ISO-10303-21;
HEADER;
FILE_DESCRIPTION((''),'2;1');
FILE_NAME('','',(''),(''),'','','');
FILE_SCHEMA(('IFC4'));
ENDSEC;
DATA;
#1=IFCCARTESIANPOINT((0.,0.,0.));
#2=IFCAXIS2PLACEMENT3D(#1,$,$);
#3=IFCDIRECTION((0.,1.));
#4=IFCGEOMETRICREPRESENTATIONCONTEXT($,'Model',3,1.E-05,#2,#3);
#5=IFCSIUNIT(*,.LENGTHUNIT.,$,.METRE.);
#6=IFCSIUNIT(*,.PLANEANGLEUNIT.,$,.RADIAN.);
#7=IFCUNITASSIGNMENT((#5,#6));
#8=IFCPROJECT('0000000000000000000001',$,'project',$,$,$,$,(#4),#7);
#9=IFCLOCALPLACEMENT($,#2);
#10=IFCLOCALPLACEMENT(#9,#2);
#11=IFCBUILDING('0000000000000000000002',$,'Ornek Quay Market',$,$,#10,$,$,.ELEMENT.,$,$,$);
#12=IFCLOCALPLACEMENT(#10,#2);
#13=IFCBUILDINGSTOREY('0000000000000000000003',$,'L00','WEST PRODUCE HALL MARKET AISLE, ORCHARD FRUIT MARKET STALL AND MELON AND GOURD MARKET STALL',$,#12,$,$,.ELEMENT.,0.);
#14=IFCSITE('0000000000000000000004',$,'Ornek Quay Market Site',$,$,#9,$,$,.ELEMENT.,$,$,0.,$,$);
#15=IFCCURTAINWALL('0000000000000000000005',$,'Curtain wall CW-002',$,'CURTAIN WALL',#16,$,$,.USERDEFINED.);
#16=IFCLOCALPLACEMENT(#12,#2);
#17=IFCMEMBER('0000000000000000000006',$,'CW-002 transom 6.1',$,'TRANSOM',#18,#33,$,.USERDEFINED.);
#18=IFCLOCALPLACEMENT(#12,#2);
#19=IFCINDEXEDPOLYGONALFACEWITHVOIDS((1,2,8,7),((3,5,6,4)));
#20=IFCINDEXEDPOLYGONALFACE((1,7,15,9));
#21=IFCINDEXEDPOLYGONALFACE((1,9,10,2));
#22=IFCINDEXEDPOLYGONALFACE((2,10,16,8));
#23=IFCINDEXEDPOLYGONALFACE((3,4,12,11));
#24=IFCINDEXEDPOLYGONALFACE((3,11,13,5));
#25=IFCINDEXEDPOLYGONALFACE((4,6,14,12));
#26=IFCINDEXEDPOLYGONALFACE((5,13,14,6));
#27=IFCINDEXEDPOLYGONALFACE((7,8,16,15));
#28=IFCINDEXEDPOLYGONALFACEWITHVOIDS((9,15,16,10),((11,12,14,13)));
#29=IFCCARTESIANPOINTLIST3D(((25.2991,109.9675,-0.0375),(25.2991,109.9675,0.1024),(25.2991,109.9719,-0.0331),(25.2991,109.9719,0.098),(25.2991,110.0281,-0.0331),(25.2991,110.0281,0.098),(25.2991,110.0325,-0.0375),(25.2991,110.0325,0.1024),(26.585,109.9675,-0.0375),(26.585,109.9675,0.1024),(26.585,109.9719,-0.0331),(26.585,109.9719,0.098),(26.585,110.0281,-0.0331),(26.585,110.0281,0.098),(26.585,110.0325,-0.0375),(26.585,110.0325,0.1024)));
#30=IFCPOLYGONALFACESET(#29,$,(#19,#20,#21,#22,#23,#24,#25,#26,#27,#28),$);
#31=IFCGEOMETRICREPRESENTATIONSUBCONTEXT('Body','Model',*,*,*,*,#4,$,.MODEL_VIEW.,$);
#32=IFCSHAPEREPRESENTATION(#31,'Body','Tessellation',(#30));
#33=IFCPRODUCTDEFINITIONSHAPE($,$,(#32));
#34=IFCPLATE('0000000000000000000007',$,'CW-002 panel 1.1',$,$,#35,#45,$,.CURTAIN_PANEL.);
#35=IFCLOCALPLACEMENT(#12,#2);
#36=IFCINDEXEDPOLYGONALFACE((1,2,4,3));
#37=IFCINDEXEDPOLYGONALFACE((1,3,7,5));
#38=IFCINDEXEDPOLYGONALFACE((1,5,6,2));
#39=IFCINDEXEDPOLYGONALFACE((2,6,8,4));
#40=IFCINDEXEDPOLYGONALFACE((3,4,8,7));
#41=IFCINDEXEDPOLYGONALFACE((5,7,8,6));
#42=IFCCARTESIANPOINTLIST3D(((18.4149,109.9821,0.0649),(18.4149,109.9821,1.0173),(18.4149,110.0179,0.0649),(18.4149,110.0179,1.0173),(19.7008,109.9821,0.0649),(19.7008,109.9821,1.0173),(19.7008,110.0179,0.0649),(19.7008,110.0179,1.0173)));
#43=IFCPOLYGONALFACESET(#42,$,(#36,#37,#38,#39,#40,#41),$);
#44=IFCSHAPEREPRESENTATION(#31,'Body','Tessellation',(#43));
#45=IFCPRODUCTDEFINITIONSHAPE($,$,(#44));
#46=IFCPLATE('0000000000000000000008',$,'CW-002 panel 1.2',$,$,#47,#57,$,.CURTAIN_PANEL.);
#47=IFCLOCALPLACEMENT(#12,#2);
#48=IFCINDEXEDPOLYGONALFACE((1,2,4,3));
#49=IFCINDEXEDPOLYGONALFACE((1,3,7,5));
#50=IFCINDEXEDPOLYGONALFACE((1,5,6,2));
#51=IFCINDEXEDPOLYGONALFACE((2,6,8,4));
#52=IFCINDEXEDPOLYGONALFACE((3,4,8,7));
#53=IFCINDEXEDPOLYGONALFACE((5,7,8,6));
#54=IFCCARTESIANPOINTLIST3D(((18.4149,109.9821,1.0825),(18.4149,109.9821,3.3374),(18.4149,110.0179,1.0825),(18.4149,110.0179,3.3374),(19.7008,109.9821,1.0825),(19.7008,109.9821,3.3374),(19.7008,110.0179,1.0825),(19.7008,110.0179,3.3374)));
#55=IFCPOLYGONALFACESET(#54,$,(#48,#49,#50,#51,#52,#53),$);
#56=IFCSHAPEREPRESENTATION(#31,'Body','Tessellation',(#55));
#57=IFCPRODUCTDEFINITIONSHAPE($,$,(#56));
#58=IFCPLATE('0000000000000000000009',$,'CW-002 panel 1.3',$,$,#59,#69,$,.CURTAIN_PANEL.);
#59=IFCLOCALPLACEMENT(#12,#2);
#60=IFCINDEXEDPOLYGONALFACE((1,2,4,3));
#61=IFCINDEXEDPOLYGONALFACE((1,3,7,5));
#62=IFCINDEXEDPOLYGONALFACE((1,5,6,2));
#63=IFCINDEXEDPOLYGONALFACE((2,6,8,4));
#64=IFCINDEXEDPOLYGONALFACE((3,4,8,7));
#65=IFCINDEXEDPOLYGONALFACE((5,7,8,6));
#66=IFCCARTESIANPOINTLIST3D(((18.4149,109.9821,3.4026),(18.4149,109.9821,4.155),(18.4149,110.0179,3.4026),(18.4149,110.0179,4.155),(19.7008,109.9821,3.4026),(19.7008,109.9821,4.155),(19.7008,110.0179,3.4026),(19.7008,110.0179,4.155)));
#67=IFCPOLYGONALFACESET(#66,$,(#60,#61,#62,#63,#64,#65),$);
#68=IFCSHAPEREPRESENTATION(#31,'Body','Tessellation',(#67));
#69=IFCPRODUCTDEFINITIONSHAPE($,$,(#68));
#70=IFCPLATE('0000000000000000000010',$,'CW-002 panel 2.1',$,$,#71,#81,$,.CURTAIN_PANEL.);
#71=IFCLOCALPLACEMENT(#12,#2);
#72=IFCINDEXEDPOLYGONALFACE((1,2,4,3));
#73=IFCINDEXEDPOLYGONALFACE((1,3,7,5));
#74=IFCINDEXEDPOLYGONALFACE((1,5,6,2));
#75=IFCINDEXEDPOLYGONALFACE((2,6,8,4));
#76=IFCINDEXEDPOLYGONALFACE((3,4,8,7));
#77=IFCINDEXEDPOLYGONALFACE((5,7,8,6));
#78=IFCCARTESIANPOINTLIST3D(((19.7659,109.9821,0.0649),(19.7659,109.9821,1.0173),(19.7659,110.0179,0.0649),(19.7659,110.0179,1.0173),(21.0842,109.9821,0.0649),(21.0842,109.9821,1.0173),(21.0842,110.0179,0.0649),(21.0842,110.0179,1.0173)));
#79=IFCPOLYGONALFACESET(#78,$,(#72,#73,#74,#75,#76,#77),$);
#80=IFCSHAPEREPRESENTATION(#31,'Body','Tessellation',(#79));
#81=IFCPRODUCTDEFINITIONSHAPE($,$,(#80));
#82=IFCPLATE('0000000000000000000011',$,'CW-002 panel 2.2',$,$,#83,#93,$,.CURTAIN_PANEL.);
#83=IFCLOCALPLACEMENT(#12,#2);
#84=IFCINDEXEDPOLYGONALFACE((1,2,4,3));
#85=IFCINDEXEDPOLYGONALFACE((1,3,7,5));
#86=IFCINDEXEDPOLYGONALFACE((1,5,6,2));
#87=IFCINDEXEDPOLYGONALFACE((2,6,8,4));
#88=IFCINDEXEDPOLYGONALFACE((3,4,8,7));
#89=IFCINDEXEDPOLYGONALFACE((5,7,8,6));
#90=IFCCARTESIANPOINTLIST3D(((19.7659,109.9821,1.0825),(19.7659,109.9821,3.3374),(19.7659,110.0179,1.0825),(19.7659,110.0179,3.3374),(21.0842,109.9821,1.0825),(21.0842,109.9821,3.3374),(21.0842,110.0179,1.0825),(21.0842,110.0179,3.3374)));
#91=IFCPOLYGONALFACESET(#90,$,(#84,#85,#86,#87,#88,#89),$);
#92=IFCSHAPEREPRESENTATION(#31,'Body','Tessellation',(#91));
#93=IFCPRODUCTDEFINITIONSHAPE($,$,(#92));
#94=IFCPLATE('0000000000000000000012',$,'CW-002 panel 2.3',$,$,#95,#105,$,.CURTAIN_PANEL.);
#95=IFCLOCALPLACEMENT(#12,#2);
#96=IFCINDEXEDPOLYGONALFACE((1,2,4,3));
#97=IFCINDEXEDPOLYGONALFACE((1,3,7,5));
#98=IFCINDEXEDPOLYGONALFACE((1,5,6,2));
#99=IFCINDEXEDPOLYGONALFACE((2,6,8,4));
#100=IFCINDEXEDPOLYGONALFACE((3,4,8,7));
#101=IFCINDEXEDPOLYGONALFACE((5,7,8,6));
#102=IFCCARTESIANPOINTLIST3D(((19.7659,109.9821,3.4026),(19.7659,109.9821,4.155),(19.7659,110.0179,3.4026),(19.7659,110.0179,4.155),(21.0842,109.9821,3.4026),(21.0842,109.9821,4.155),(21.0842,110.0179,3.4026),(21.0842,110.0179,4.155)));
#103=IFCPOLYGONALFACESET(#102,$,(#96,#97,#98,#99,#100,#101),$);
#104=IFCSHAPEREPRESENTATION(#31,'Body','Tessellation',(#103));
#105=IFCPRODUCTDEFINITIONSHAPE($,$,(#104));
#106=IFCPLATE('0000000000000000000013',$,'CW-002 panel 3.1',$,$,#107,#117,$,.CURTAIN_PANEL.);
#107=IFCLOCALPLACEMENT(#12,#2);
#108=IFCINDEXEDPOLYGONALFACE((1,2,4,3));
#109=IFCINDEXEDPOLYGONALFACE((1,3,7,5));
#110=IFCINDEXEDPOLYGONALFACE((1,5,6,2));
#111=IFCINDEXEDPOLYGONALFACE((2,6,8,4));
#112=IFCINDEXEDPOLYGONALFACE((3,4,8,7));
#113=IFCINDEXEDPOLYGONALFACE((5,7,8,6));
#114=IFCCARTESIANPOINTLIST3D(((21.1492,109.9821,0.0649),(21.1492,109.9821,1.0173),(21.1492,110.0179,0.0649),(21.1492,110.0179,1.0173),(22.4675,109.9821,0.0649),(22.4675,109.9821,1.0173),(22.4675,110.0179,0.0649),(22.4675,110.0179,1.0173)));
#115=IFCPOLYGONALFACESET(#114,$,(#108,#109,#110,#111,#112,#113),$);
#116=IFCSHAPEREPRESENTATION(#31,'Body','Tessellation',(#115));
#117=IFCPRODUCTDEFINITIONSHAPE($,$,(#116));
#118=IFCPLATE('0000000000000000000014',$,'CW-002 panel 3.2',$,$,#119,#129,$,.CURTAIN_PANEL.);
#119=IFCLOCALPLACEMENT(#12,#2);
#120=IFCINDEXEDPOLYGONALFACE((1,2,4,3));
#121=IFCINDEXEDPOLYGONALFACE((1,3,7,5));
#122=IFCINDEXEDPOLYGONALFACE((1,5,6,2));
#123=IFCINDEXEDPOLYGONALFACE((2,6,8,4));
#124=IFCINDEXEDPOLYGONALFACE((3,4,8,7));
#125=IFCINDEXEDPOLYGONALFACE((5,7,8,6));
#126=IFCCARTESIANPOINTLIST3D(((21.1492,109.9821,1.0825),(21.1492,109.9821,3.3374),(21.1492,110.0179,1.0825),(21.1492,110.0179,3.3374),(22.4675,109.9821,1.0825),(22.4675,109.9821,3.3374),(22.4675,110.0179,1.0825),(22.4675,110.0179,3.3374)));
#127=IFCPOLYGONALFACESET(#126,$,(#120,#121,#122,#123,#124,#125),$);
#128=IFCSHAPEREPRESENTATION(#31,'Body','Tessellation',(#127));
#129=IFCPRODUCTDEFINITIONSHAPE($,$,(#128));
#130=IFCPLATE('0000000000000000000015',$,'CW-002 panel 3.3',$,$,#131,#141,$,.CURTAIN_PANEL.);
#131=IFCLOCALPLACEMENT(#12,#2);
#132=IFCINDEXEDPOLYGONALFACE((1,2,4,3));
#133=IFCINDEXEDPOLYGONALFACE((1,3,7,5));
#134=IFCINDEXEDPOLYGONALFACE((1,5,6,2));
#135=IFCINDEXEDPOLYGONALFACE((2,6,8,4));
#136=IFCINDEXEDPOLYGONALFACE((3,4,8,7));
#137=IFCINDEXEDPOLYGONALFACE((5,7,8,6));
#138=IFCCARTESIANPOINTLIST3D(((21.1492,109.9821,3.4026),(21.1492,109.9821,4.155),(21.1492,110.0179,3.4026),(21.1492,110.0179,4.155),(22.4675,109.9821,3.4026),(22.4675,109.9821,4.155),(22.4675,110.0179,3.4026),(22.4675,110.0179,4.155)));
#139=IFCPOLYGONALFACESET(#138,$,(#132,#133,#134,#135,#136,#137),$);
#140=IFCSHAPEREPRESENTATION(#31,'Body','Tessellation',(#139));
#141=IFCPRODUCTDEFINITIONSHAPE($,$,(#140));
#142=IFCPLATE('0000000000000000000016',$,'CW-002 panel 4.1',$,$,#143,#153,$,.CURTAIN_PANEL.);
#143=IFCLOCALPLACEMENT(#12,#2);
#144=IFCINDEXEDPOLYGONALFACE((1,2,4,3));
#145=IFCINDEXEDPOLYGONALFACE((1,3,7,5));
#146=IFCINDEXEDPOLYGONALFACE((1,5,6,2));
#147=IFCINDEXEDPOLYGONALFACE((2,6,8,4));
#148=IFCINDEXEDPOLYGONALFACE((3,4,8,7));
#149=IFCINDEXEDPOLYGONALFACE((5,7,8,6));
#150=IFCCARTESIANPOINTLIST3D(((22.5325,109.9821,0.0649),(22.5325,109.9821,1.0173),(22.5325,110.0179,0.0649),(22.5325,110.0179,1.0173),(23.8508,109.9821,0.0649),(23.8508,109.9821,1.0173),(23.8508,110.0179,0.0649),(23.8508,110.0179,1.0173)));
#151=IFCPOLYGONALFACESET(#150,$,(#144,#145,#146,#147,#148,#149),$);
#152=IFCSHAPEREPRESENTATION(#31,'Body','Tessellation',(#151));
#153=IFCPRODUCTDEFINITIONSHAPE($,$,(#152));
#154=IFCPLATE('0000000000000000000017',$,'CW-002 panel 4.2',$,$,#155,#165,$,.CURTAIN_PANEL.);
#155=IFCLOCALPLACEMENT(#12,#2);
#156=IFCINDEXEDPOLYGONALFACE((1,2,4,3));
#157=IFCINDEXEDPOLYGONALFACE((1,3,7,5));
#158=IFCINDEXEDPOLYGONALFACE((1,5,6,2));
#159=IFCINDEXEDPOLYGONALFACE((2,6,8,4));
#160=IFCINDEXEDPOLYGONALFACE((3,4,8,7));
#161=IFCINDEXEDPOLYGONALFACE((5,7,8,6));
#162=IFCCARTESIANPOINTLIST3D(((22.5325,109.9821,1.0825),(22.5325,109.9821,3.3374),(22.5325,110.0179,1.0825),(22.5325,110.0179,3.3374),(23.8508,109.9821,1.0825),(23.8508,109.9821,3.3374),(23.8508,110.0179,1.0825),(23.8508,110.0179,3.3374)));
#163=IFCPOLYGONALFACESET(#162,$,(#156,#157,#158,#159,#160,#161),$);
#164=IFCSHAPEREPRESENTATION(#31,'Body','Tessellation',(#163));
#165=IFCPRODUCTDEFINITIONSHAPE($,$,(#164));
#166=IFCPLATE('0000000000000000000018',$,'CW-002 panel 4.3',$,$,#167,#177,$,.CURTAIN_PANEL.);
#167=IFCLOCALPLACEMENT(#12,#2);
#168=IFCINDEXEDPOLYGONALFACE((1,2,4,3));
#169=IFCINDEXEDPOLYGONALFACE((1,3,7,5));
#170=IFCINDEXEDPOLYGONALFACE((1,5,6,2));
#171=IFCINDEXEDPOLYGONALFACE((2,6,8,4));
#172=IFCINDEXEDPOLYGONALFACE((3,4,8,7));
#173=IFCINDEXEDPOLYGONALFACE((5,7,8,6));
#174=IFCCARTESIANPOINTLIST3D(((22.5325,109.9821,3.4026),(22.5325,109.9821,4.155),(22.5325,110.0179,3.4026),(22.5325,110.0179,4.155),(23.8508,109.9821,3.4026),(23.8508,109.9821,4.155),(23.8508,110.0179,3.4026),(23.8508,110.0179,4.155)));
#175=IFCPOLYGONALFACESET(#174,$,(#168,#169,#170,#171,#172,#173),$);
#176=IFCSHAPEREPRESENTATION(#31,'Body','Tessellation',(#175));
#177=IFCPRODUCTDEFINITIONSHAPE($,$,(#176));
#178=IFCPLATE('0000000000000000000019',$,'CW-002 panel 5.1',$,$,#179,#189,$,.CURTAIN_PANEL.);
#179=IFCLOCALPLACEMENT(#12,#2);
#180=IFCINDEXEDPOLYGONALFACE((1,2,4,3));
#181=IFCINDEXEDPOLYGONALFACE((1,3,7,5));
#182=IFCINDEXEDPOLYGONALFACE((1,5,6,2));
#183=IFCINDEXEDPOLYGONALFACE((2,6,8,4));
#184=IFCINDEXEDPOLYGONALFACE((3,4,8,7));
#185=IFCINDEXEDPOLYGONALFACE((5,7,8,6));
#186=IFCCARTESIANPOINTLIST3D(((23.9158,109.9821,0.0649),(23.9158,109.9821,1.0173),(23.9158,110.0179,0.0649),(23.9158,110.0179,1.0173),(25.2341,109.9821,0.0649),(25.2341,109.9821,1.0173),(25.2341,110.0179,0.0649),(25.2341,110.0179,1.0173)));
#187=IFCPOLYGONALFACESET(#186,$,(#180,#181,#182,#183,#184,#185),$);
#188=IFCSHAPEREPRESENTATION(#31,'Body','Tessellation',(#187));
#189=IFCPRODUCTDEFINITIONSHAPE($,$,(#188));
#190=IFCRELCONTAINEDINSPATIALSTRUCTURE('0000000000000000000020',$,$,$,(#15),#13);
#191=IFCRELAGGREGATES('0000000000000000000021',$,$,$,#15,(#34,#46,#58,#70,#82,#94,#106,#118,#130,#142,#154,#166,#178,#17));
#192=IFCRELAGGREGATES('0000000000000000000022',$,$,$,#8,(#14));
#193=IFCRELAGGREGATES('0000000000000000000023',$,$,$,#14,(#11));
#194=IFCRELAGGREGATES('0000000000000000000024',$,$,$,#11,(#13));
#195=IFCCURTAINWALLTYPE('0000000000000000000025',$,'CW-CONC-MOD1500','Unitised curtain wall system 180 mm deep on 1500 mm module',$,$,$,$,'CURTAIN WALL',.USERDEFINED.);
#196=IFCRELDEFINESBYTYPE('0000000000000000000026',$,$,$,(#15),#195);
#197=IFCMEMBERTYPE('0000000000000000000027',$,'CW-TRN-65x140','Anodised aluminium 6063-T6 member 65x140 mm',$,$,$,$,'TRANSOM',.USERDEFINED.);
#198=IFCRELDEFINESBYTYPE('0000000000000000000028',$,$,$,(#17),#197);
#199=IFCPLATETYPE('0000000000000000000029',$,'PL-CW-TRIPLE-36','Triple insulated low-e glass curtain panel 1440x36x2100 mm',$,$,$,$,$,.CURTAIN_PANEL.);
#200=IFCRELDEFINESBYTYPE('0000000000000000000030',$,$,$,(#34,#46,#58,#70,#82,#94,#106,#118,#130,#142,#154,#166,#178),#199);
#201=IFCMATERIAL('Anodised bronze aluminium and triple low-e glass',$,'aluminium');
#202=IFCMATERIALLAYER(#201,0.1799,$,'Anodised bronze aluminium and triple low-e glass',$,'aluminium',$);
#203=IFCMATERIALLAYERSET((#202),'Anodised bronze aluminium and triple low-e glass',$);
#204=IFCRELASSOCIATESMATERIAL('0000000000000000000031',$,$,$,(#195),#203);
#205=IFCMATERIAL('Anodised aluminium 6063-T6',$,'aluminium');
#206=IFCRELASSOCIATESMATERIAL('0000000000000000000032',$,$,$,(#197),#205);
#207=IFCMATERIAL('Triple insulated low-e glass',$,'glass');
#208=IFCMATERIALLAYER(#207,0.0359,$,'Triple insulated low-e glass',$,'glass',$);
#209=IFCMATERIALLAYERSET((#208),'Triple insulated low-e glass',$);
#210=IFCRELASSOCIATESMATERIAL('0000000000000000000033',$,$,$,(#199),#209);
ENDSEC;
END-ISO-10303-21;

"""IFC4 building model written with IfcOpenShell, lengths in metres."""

from ifc_helpers import new_model, si_unit, direction, frame, origin, origin_2d, place, context, subcontext, project, spatial, rectangle, hollow_rectangle, extrude, material, layer, layer_set, material_profile, profile_set, type_object, element, aggregate, save


model = new_model("IFC4")

# Units and contexts
model_context = context("Model", 3, precision=1e-05, world=origin(), true_north=direction((0.0, 1.0)))
body_context = subcontext(model_context, "Body", "Model", "MODEL_VIEW")
ifc_project = project(units=[si_unit("LENGTHUNIT", "METRE"), si_unit("PLANEANGLEUNIT", "RADIAN")], contexts=[model_context])

# Site, building, storey
site_placement = place(None, origin())
site = spatial("IfcSite", under=ifc_project, at=site_placement, Name="Ornek Quay Market Site", CompositionType="ELEMENT", RefElevation=0.0)
building_placement = place(site_placement, origin())
building = spatial("IfcBuilding", under=site, at=building_placement, Name="Ornek Quay Market", CompositionType="ELEMENT")
storey_placement = place(building_placement, origin())
storey = spatial("IfcBuildingStorey", under=building, at=storey_placement, Name="L00", Description="WEST PRODUCE HALL MARKET AISLE, ORCHARD FRUIT MARKET STALL AND MELON AND GOURD MARKET STALL", CompositionType="ELEMENT", Elevation=0.0)

# Curtain wall, member, plates
ifc_material_1 = material(Name="Anodised bronze aluminium and triple low-e glass", Category="aluminium")
ifc_layer_1 = layer(ifc_material_1, 0.1799, Name="Anodised bronze aluminium and triple low-e glass", Category="aluminium")
ifc_layer_set_1 = layer_set([ifc_layer_1], Name="Anodised bronze aluminium and triple low-e glass")
curtain_wall_type = type_object("IfcCurtainWallType", Name="CW-CONC-MOD1500", Description="Unitised curtain wall system 180 mm deep on 1500 mm module", ElementType="CURTAIN WALL", PredefinedType="USERDEFINED", material=ifc_layer_set_1)
curtain_wall_placement = place(storey_placement, origin())
curtain_wall = element("IfcCurtainWall", 1, at=curtain_wall_placement, inside=storey, type_object=curtain_wall_type, Name="Curtain wall CW-002", ObjectType="CURTAIN WALL", PredefinedType="USERDEFINED")
ifc_material_2 = material(Name="Anodised aluminium 6063-T6", Category="aluminium")
ifc_material_profile_1 = material_profile(ifc_material_2, hollow_rectangle(XDim=0.0649, YDim=0.1399, WallThickness=0.0044, at=origin_2d()), Name="CW-TRN-65x140", Category="aluminium")
ifc_profile_set_1 = profile_set([ifc_material_profile_1], Name="Anodised aluminium 6063-T6")
member_type_1 = type_object("IfcMemberType", Name="CW-TRN-65x140", Description="Anodised aluminium 6063-T6 member 65x140 mm", ElementType="TRANSOM", PredefinedType="USERDEFINED", material=ifc_profile_set_1)
member_1_placement = place(storey_placement, frame((25.2991, 110.0, 0.0325), z_axis=(1.0, 0.0, 0.0), x_axis=(0.0, 1.0, 0.0)))
member_1 = element("IfcMember", 2, at=member_1_placement, type_object=member_type_1, Name="CW-002 transom 6.1", ObjectType="TRANSOM", PredefinedType="USERDEFINED", context=body_context, shape_type="SweptSolid", body=[
    extrude(hollow_rectangle(XDim=0.0649, YDim=0.1399, WallThickness=0.0044, at=origin_2d()), origin(), (0.0, 0.0, 1.0), 1.2859),
])
ifc_material_3 = material(Name="Triple insulated low-e glass", Category="glass")
ifc_layer_2 = layer(ifc_material_3, 0.0359, Name="Triple insulated low-e glass", Category="glass")
ifc_layer_set_2 = layer_set([ifc_layer_2], Name="Triple insulated low-e glass")
plate_type = type_object("IfcPlateType", Name="PL-CW-TRIPLE-36", Description="Triple insulated low-e glass curtain panel 1440x36x2100 mm", PredefinedType="CURTAIN_PANEL", material=ifc_layer_set_2)
plate_1_placement = place(storey_placement, frame((19.0579, 110.0, 0.0649), z_axis=(0.0, 0.0, 1.0), x_axis=(1.0, 0.0, 0.0)))
plate_1 = element("IfcPlate", 3, at=plate_1_placement, type_object=plate_type, Name="CW-002 panel 1.1", PredefinedType="CURTAIN_PANEL", context=body_context, shape_type="SweptSolid", body=[
    extrude(rectangle(XDim=1.2859, YDim=0.0359, at=origin_2d()), origin(), (0.0, 0.0, 1.0), 0.9524),
])
plate_2_placement = place(storey_placement, frame((19.0579, 110.0, 1.0825), z_axis=(0.0, 0.0, 1.0), x_axis=(1.0, 0.0, 0.0)))
plate_2 = element("IfcPlate", 4, at=plate_2_placement, type_object=plate_type, Name="CW-002 panel 1.2", PredefinedType="CURTAIN_PANEL", context=body_context, shape_type="SweptSolid", body=[
    extrude(rectangle(XDim=1.2859, YDim=0.0359, at=origin_2d()), origin(), (0.0, 0.0, 1.0), 2.2549),
])
plate_3_placement = place(storey_placement, frame((19.0579, 110.0, 3.4026), z_axis=(0.0, 0.0, 1.0), x_axis=(1.0, 0.0, 0.0)))
plate_3 = element("IfcPlate", 5, at=plate_3_placement, type_object=plate_type, Name="CW-002 panel 1.3", PredefinedType="CURTAIN_PANEL", context=body_context, shape_type="SweptSolid", body=[
    extrude(rectangle(XDim=1.2859, YDim=0.0359, at=origin_2d()), origin(), (0.0, 0.0, 1.0), 0.7524),
])
plate_4_placement = place(storey_placement, frame((20.425, 110.0, 0.0649), z_axis=(0.0, 0.0, 1.0), x_axis=(1.0, 0.0, 0.0)))
plate_4 = element("IfcPlate", 6, at=plate_4_placement, type_object=plate_type, Name="CW-002 panel 2.1", PredefinedType="CURTAIN_PANEL", context=body_context, shape_type="SweptSolid", body=[
    extrude(rectangle(XDim=1.3184, YDim=0.0359, at=origin_2d()), origin(), (0.0, 0.0, 1.0), 0.9524),
])
plate_5_placement = place(storey_placement, frame((20.425, 110.0, 1.0825), z_axis=(0.0, 0.0, 1.0), x_axis=(1.0, 0.0, 0.0)))
plate_5 = element("IfcPlate", 7, at=plate_5_placement, type_object=plate_type, Name="CW-002 panel 2.2", PredefinedType="CURTAIN_PANEL", context=body_context, shape_type="SweptSolid", body=[
    extrude(rectangle(XDim=1.3184, YDim=0.0359, at=origin_2d()), origin(), (0.0, 0.0, 1.0), 2.2549),
])
plate_6_placement = place(storey_placement, frame((20.425, 110.0, 3.4026), z_axis=(0.0, 0.0, 1.0), x_axis=(1.0, 0.0, 0.0)))
plate_6 = element("IfcPlate", 8, at=plate_6_placement, type_object=plate_type, Name="CW-002 panel 2.3", PredefinedType="CURTAIN_PANEL", context=body_context, shape_type="SweptSolid", body=[
    extrude(rectangle(XDim=1.3184, YDim=0.0359, at=origin_2d()), origin(), (0.0, 0.0, 1.0), 0.7524),
])
plate_7_placement = place(storey_placement, frame((21.8083, 110.0, 0.0649), z_axis=(0.0, 0.0, 1.0), x_axis=(1.0, 0.0, 0.0)))
plate_7 = element("IfcPlate", 9, at=plate_7_placement, type_object=plate_type, Name="CW-002 panel 3.1", PredefinedType="CURTAIN_PANEL", context=body_context, shape_type="SweptSolid", body=[
    extrude(rectangle(XDim=1.3184, YDim=0.0359, at=origin_2d()), origin(), (0.0, 0.0, 1.0), 0.9524),
])
plate_8_placement = place(storey_placement, frame((21.8083, 110.0, 1.0825), z_axis=(0.0, 0.0, 1.0), x_axis=(1.0, 0.0, 0.0)))
plate_8 = element("IfcPlate", 10, at=plate_8_placement, type_object=plate_type, Name="CW-002 panel 3.2", PredefinedType="CURTAIN_PANEL", context=body_context, shape_type="SweptSolid", body=[
    extrude(rectangle(XDim=1.3184, YDim=0.0359, at=origin_2d()), origin(), (0.0, 0.0, 1.0), 2.2549),
])
plate_9_placement = place(storey_placement, frame((21.8083, 110.0, 3.4026), z_axis=(0.0, 0.0, 1.0), x_axis=(1.0, 0.0, 0.0)))
plate_9 = element("IfcPlate", 11, at=plate_9_placement, type_object=plate_type, Name="CW-002 panel 3.3", PredefinedType="CURTAIN_PANEL", context=body_context, shape_type="SweptSolid", body=[
    extrude(rectangle(XDim=1.3184, YDim=0.0359, at=origin_2d()), origin(), (0.0, 0.0, 1.0), 0.7524),
])
plate_10_placement = place(storey_placement, frame((23.1917, 110.0, 0.0649), z_axis=(0.0, 0.0, 1.0), x_axis=(1.0, 0.0, 0.0)))
plate_10 = element("IfcPlate", 12, at=plate_10_placement, type_object=plate_type, Name="CW-002 panel 4.1", PredefinedType="CURTAIN_PANEL", context=body_context, shape_type="SweptSolid", body=[
    extrude(rectangle(XDim=1.3184, YDim=0.0359, at=origin_2d()), origin(), (0.0, 0.0, 1.0), 0.9524),
])
plate_11_placement = place(storey_placement, frame((23.1917, 110.0, 1.0825), z_axis=(0.0, 0.0, 1.0), x_axis=(1.0, 0.0, 0.0)))
plate_11 = element("IfcPlate", 13, at=plate_11_placement, type_object=plate_type, Name="CW-002 panel 4.2", PredefinedType="CURTAIN_PANEL", context=body_context, shape_type="SweptSolid", body=[
    extrude(rectangle(XDim=1.3184, YDim=0.0359, at=origin_2d()), origin(), (0.0, 0.0, 1.0), 2.2549),
])
plate_12_placement = place(storey_placement, frame((23.1917, 110.0, 3.4026), z_axis=(0.0, 0.0, 1.0), x_axis=(1.0, 0.0, 0.0)))
plate_12 = element("IfcPlate", 14, at=plate_12_placement, type_object=plate_type, Name="CW-002 panel 4.3", PredefinedType="CURTAIN_PANEL", context=body_context, shape_type="SweptSolid", body=[
    extrude(rectangle(XDim=1.3184, YDim=0.0359, at=origin_2d()), origin(), (0.0, 0.0, 1.0), 0.7524),
])
plate_13_placement = place(storey_placement, frame((24.575, 110.0, 0.0649), z_axis=(0.0, 0.0, 1.0), x_axis=(1.0, 0.0, 0.0)))
plate_13 = element("IfcPlate", 15, at=plate_13_placement, type_object=plate_type, Name="CW-002 panel 5.1", PredefinedType="CURTAIN_PANEL", context=body_context, shape_type="SweptSolid", body=[
    extrude(rectangle(XDim=1.3184, YDim=0.0359, at=origin_2d()), origin(), (0.0, 0.0, 1.0), 0.9524),
])
aggregate(curtain_wall, [plate_1, plate_2, plate_3, plate_4, plate_5, plate_6, plate_7, plate_8, plate_9, plate_10, plate_11, plate_12, plate_13, member_1])

save(model, "model.ifc")
